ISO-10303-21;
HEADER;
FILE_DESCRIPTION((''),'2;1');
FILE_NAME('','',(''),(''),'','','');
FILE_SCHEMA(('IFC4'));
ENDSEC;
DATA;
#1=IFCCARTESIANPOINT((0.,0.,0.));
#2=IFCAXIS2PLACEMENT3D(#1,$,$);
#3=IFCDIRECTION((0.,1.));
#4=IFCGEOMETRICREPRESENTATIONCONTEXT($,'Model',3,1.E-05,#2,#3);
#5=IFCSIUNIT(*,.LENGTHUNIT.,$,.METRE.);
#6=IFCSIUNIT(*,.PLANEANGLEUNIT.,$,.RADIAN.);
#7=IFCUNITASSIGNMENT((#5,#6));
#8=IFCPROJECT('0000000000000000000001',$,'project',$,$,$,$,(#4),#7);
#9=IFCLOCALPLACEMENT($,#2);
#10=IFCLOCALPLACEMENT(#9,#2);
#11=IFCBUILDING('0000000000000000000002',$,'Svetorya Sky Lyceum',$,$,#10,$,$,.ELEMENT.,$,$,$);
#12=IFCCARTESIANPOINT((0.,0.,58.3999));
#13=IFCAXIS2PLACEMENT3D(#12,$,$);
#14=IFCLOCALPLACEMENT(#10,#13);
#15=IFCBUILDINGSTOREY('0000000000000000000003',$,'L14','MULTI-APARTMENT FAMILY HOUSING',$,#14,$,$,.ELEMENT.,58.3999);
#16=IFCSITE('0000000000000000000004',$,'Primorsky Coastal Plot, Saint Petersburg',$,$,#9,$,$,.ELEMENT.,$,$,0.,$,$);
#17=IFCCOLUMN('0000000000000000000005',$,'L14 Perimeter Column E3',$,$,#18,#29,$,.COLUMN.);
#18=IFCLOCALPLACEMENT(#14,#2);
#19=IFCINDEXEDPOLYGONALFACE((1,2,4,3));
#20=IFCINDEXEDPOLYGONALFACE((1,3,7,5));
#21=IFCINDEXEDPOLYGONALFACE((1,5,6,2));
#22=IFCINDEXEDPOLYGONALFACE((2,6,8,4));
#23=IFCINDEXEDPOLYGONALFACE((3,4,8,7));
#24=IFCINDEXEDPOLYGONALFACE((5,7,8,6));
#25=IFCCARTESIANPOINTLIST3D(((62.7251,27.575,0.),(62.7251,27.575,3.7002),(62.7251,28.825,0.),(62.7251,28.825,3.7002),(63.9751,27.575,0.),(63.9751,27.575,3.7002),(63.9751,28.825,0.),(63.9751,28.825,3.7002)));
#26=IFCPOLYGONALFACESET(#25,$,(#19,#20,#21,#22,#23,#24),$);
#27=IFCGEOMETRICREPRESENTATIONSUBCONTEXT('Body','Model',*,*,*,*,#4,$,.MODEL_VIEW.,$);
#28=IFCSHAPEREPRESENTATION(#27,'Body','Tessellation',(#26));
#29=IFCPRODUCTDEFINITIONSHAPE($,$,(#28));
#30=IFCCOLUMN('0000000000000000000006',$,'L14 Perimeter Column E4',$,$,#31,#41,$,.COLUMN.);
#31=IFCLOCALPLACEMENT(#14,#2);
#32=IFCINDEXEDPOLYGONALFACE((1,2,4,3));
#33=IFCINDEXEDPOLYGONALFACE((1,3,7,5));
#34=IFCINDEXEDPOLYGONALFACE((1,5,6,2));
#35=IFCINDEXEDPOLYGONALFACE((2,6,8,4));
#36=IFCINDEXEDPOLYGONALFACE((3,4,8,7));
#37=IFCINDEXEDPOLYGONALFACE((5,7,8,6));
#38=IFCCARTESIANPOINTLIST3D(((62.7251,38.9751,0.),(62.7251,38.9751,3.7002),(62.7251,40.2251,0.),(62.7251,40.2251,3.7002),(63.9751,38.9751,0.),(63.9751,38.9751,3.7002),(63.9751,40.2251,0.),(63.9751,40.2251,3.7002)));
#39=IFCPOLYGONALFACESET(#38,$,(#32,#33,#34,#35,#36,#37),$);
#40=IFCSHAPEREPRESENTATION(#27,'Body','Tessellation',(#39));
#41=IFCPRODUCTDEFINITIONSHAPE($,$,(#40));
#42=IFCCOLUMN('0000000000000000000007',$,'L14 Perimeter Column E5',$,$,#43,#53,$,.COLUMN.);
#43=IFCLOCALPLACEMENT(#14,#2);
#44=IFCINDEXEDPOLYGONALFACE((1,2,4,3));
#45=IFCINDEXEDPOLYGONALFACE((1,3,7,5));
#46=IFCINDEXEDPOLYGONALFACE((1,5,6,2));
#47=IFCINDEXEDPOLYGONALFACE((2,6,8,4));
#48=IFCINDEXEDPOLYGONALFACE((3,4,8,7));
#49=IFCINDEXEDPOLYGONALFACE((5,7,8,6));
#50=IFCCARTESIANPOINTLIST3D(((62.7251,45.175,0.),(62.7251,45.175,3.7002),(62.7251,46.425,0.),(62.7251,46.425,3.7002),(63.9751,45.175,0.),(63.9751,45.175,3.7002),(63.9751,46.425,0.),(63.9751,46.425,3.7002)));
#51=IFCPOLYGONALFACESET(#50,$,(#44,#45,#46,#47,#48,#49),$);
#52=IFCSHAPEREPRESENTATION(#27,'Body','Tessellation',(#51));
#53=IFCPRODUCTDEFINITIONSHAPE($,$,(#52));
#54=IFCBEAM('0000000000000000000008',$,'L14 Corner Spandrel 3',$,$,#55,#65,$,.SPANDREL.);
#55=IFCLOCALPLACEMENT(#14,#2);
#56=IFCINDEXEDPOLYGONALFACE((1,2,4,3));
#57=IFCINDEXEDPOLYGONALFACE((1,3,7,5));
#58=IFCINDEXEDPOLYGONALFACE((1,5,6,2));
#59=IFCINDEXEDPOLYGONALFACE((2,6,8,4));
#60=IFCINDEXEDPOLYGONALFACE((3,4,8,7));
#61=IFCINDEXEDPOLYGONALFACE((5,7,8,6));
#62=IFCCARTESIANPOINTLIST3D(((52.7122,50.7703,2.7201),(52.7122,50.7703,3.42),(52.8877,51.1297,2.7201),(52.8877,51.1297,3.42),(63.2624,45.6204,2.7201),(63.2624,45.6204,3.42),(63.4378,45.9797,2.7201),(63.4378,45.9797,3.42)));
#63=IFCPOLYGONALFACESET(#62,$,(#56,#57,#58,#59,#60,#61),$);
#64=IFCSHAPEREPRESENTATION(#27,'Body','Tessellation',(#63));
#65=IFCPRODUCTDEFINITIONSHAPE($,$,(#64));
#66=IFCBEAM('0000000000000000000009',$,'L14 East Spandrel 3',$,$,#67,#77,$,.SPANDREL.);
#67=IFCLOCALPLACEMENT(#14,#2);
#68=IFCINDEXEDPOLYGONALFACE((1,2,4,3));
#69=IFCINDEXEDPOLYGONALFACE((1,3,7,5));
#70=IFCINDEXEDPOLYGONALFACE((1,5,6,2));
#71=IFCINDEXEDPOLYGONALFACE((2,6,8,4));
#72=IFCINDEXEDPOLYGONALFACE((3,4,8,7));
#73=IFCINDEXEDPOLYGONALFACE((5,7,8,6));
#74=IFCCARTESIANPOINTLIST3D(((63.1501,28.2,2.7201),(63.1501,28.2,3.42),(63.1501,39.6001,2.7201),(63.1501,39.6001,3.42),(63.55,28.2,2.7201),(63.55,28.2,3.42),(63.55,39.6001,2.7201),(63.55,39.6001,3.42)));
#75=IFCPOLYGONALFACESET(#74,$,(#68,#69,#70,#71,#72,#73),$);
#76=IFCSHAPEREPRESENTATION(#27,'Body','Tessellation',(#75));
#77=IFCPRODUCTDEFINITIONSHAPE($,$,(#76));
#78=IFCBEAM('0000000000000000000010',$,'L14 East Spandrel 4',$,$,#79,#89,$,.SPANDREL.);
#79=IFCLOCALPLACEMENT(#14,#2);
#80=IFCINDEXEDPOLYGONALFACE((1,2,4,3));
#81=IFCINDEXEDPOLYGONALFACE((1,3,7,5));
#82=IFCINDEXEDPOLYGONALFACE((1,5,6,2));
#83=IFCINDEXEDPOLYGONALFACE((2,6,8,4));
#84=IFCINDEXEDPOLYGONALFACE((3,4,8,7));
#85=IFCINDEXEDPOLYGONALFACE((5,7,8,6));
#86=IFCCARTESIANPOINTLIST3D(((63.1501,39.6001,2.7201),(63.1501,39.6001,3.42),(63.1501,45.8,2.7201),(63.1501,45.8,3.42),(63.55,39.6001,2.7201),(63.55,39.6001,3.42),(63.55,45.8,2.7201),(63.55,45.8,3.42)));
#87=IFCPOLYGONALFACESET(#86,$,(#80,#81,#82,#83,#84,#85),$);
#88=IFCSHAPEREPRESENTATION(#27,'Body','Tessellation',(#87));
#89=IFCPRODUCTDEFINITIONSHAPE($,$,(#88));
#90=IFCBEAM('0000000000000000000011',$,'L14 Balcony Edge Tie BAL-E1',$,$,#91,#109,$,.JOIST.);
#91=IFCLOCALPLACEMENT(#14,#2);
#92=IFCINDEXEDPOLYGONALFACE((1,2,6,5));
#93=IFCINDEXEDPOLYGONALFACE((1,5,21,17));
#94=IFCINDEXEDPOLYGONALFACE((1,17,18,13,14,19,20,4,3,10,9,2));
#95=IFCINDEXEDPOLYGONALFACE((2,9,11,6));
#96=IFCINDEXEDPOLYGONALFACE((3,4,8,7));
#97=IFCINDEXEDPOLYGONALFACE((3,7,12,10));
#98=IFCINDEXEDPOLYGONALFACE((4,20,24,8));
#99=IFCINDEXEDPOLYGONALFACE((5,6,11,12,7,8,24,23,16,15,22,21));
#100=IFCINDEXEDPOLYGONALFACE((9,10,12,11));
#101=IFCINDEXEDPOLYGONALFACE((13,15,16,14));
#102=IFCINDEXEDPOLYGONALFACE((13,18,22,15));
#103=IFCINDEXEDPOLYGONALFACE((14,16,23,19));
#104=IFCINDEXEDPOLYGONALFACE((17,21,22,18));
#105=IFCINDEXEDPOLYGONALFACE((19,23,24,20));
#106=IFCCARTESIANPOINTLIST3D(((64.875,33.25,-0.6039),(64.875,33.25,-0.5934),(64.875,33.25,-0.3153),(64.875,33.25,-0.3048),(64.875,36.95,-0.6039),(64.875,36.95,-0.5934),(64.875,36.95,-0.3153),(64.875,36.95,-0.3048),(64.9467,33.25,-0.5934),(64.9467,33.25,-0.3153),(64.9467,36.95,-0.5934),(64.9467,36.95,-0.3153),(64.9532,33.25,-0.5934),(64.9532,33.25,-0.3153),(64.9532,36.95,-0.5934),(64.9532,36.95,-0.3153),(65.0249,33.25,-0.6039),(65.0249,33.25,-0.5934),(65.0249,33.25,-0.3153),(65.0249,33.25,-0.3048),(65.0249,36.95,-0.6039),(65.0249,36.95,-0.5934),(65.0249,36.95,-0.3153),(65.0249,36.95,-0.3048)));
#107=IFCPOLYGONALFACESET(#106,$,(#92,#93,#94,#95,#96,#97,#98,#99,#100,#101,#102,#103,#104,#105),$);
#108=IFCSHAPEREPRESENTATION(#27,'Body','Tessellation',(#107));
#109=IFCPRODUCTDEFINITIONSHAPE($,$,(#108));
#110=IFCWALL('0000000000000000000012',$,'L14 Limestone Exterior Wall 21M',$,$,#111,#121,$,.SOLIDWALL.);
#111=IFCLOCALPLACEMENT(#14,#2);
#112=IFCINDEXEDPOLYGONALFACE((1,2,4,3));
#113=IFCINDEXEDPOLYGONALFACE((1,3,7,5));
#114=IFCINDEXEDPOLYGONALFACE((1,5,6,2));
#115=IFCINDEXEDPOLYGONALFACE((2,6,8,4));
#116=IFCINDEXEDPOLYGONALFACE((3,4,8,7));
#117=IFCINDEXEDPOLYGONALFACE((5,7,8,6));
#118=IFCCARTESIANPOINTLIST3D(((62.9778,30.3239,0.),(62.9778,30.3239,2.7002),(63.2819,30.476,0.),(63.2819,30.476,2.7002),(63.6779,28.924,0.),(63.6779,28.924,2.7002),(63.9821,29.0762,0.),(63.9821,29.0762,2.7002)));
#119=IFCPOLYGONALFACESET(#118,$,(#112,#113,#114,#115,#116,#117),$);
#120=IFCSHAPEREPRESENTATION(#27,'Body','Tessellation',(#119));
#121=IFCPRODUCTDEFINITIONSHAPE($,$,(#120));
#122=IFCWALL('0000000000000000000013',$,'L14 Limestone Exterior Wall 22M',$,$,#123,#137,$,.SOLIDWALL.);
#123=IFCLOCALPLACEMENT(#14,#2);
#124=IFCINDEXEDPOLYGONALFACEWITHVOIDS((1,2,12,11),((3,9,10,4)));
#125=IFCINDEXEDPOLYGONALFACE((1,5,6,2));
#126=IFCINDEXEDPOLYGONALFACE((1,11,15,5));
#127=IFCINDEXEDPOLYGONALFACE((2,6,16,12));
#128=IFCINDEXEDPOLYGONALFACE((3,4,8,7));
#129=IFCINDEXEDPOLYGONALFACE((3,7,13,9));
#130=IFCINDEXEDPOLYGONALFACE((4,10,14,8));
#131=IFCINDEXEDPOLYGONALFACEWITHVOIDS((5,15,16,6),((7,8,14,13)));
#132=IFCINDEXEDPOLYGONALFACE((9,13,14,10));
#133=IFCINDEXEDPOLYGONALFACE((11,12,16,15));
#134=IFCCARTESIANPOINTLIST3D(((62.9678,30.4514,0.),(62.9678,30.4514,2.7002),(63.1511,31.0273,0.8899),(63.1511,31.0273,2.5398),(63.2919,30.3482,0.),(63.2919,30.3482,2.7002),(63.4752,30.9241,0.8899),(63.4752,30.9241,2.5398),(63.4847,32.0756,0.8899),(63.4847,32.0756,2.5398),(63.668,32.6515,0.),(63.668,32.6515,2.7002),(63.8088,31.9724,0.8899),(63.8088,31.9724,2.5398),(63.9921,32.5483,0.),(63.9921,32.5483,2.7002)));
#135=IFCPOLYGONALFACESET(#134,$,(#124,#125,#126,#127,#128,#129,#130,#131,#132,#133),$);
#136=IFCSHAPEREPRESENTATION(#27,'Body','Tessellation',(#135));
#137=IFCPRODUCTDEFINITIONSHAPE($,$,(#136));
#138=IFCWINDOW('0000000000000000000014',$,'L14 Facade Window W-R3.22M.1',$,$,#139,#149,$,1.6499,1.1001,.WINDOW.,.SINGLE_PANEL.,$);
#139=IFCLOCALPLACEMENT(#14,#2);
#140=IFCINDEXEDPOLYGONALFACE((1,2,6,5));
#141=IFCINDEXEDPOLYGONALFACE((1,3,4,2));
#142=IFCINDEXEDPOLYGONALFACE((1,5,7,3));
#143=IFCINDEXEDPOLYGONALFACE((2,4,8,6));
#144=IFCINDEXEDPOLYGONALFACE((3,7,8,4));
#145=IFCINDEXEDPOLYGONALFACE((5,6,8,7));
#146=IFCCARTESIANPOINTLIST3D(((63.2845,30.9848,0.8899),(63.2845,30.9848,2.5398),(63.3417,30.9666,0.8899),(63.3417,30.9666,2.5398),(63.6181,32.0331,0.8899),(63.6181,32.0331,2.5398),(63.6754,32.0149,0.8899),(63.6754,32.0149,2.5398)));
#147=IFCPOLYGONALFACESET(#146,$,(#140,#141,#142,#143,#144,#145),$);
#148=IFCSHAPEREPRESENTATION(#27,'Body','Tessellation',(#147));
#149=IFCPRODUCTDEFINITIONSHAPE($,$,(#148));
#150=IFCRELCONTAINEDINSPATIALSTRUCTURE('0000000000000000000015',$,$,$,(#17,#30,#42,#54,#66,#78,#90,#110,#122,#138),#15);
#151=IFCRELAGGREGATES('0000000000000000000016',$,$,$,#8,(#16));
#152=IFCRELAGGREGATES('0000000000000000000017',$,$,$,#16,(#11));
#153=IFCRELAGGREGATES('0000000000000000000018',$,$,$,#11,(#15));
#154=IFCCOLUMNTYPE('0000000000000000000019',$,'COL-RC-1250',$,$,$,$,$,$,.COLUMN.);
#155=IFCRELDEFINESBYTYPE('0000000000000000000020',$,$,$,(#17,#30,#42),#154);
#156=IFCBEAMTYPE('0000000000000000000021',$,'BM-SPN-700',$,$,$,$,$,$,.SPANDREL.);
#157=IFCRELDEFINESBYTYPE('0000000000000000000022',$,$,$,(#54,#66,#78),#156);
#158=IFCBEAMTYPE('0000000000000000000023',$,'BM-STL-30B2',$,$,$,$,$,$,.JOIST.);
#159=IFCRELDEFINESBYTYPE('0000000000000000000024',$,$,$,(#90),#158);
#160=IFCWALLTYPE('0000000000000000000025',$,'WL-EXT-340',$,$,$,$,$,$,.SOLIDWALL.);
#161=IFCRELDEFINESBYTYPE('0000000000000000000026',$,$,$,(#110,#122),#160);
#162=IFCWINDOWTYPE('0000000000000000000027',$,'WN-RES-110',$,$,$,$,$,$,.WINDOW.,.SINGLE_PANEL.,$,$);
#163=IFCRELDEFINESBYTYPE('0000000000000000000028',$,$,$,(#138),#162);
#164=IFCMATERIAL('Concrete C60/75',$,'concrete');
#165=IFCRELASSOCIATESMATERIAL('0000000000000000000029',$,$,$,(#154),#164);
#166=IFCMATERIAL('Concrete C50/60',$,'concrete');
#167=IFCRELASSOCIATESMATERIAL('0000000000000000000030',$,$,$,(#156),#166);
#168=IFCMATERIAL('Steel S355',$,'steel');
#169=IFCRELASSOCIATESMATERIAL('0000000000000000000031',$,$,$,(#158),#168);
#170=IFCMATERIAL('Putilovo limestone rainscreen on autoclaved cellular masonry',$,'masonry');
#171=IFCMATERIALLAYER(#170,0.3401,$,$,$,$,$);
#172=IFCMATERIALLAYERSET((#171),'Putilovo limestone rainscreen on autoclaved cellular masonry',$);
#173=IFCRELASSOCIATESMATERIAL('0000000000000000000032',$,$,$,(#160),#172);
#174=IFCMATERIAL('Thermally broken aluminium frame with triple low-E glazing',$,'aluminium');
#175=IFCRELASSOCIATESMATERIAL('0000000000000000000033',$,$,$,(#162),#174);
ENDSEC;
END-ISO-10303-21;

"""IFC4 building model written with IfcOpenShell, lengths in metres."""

from ifc_helpers import new_model, si_unit, direction, frame, frame_2d, origin, origin_2d, place, context, subcontext, project, spatial, rectangle, i_section, extrude, material, layer, layer_set, material_profile, profile_set, type_object, element, fill, save


model = new_model("IFC4")

# Units and contexts
model_context = context("Model", 3, precision=1e-05, world=origin(), true_north=direction((0.0, 1.0)))
body_context = subcontext(model_context, "Body", "Model", "MODEL_VIEW")
ifc_project = project(units=[si_unit("LENGTHUNIT", "METRE"), si_unit("PLANEANGLEUNIT", "RADIAN")], contexts=[model_context])

# Site, building, storey
site_placement = place(None, origin())
site = spatial("IfcSite", under=ifc_project, at=site_placement, Name="Primorsky Coastal Plot, Saint Petersburg", CompositionType="ELEMENT", RefElevation=0.0)
building_placement = place(site_placement, origin())
building = spatial("IfcBuilding", under=site, at=building_placement, Name="Svetorya Sky Lyceum", CompositionType="ELEMENT")
storey_placement = place(building_placement, frame((0.0, 0.0, 58.3999)))
storey = spatial("IfcBuildingStorey", under=building, at=storey_placement, Name="L14", Description="MULTI-APARTMENT FAMILY HOUSING", CompositionType="ELEMENT", Elevation=58.3999)

# Columns
ifc_material_1 = material(Name="Concrete C60/75", Category="concrete")
ifc_material_profile_1 = material_profile(ifc_material_1, rectangle(XDim=1.25, YDim=1.25, at=origin_2d()), Name="RC COL 1250x1250")
ifc_profile_set_1 = profile_set([ifc_material_profile_1], Name="Concrete C60/75")
column_type = type_object("IfcColumnType", Name="COL-RC-1250", PredefinedType="COLUMN", material=ifc_profile_set_1)
for number, where, z_axis, x_axis, name in (
    (1, (63.3501, 28.2, 0.0), (0.0, 0.0, 1.0), (1.0, 0.0, 0.0), "L14 Perimeter Column E3"),
    (2, (63.3501, 39.6001, 0.0), (0.0, 0.0, 1.0), (1.0, 0.0, 0.0), "L14 Perimeter Column E4"),
    (3, (63.3501, 45.8, 0.0), (0.0, 0.0, 1.0), (1.0, 0.0, 0.0), "L14 Perimeter Column E5"),
):
    element("IfcColumn", number, at=place(storey_placement, frame(where, z_axis=z_axis, x_axis=x_axis)), inside=storey, type_object=column_type, Name=name, PredefinedType="COLUMN", context=body_context, shape_type="SweptSolid", body=[
        extrude(rectangle(XDim=1.25, YDim=1.25, at=origin_2d()), origin(), (0.0, 0.0, 1.0), 3.7002),
    ])

# Beams
ifc_material_2 = material(Name="Concrete C50/60", Category="concrete")
ifc_material_profile_2 = material_profile(ifc_material_2, rectangle(XDim=0.3999, YDim=0.7, at=origin_2d()), Name="RC SPANDREL 400x700")
ifc_profile_set_2 = profile_set([ifc_material_profile_2], Name="Concrete C50/60")
beam_type_1 = type_object("IfcBeamType", Name="BM-SPN-700", PredefinedType="SPANDREL", material=ifc_profile_set_2)
beam_1_placement = place(storey_placement, frame((63.3501, 45.8, 3.0701), z_axis=(-0.89865, 0.438667, 0.0), x_axis=(-0.438667, -0.89865, 0.0)))
element("IfcBeam", 4, at=beam_1_placement, inside=storey, type_object=beam_type_1, Name="L14 Corner Spandrel 3", PredefinedType="SPANDREL", context=body_context, shape_type="SweptSolid", body=[
    extrude(rectangle(XDim=0.3999, YDim=0.7, at=origin_2d()), origin(), (0.0, 0.0, 1.0), 11.74),
])
beam_2_placement = place(storey_placement, frame((63.3501, 28.2, 3.0701), z_axis=(0.0, 1.0, 0.0), x_axis=(-1.0, 0.0, 0.0)))
element("IfcBeam", 5, at=beam_2_placement, inside=storey, type_object=beam_type_1, Name="L14 East Spandrel 3", PredefinedType="SPANDREL", context=body_context, shape_type="SweptSolid", body=[
    extrude(rectangle(XDim=0.3999, YDim=0.7, at=origin_2d()), origin(), (0.0, 0.0, 1.0), 11.4001),
])
beam_3_placement = place(storey_placement, frame((63.3501, 39.6001, 3.0701), z_axis=(0.0, 1.0, 0.0), x_axis=(-1.0, 0.0, 0.0)))
element("IfcBeam", 6, at=beam_3_placement, inside=storey, type_object=beam_type_1, Name="L14 East Spandrel 4", PredefinedType="SPANDREL", context=body_context, shape_type="SweptSolid", body=[
    extrude(rectangle(XDim=0.3999, YDim=0.7, at=origin_2d()), origin(), (0.0, 0.0, 1.0), 6.2),
])
ifc_material_3 = material(Name="Steel S355", Category="steel")
ifc_material_profile_3 = material_profile(ifc_material_3, i_section(OverallWidth=0.1499, OverallDepth=0.2991, WebThickness=0.0066, FlangeThickness=0.0105, at=origin_2d()), Name="GOST 30B2")
ifc_profile_set_3 = profile_set([ifc_material_profile_3], Name="Steel S355")
beam_type_2 = type_object("IfcBeamType", Name="BM-STL-30B2", PredefinedType="JOIST", material=ifc_profile_set_3)
beam_4_placement = place(storey_placement, frame((64.95, 33.25, -0.4543), z_axis=(0.0, 1.0, 0.0), x_axis=(-1.0, 0.0, 0.0)))
element("IfcBeam", 7, at=beam_4_placement, inside=storey, type_object=beam_type_2, Name="L14 Balcony Edge Tie BAL-E1", PredefinedType="JOIST", context=body_context, shape_type="SweptSolid", body=[
    extrude(i_section(OverallWidth=0.1499, OverallDepth=0.2991, WebThickness=0.0066, FlangeThickness=0.0105, at=origin_2d()), origin(), (0.0, 0.0, 1.0), 3.7),
])

# Wall
ifc_material_4 = material(Name="Putilovo limestone rainscreen on autoclaved cellular masonry", Category="masonry")
ifc_layer_1 = layer(ifc_material_4, 0.3401)
ifc_layer_set_1 = layer_set([ifc_layer_1], Name="Putilovo limestone rainscreen on autoclaved cellular masonry")
wall_type_1 = type_object("IfcWallType", Name="WL-EXT-340", PredefinedType="SOLIDWALL", material=ifc_layer_set_1)
wall_1_placement = place(storey_placement, frame((63.8301, 29.0, 0.0), z_axis=(0.0, 0.0, 1.0), x_axis=(-0.447338, 0.894365, 0.0)))
element("IfcWall", 8, at=wall_1_placement, inside=storey, type_object=wall_type_1, Name="L14 Limestone Exterior Wall 21M", PredefinedType="SOLIDWALL", context=body_context, shape_type="SweptSolid", body=[
    extrude(rectangle(XDim=1.5652, YDim=0.3401, at=frame_2d((0.7827, 0.0))), origin(), (0.0, 0.0, 1.0), 2.7002),
])

# Wall, opening, window
wall_2_placement = place(storey_placement, frame((63.1299, 30.3999, 0.0), z_axis=(0.0, 0.0, 1.0), x_axis=(0.303256, 0.952909, 0.0)))
wall_2 = element("IfcWall", 9, at=wall_2_placement, inside=storey, type_object=wall_type_1, Name="L14 Limestone Exterior Wall 22M", PredefinedType="SOLIDWALL", context=body_context, shape_type="SweptSolid", body=[
    extrude(rectangle(XDim=2.3088, YDim=0.3401, at=frame_2d((1.1543, 0.0))), origin(), (0.0, 0.0, 1.0), 2.7002),
])
opening_1_placement = place(wall_2_placement, frame((0.6042, 0.0, 0.8899)))
opening_1 = element("IfcOpeningElement", 10, at=opening_1_placement, cuts=wall_2, PredefinedType="OPENING", context=body_context, shape_type="SweptSolid", body=[
    extrude(rectangle(XDim=1.1001, YDim=1.6499, at=frame_2d((0.55, 0.825))), frame((0.0, 0.1799, 0.0), z_axis=(0.0, -1.0, 0.0), x_axis=(1.0, 0.0, 0.0)), (0.0, 0.0, 1.0), 0.3601),
])
ifc_material_5 = material(Name="Thermally broken aluminium frame with triple low-E glazing", Category="aluminium")
window_type_1 = type_object("IfcWindowType", Name="WN-RES-110", PartitioningType="SINGLE_PANEL", PredefinedType="WINDOW", material=ifc_material_5)
window_1_placement = place(opening_1_placement, origin())
window_1 = element("IfcWindow", 11, at=window_1_placement, inside=storey, type_object=window_type_1, Name="L14 Facade Window W-R3.22M.1", OverallHeight=1.6499, OverallWidth=1.1001, PartitioningType="SINGLE_PANEL", PredefinedType="WINDOW", context=body_context, shape_type="SweptSolid", body=[
    extrude(rectangle(XDim=1.1001, YDim=1.6499, at=frame_2d((0.55, 0.825))), frame((0.0, 0.03, 0.0), z_axis=(0.0, -1.0, 0.0), x_axis=(1.0, 0.0, 0.0)), (0.0, 0.0, 1.0), 0.0601),
])
fill(opening_1, window_1)

save(model, "model.ifc")
